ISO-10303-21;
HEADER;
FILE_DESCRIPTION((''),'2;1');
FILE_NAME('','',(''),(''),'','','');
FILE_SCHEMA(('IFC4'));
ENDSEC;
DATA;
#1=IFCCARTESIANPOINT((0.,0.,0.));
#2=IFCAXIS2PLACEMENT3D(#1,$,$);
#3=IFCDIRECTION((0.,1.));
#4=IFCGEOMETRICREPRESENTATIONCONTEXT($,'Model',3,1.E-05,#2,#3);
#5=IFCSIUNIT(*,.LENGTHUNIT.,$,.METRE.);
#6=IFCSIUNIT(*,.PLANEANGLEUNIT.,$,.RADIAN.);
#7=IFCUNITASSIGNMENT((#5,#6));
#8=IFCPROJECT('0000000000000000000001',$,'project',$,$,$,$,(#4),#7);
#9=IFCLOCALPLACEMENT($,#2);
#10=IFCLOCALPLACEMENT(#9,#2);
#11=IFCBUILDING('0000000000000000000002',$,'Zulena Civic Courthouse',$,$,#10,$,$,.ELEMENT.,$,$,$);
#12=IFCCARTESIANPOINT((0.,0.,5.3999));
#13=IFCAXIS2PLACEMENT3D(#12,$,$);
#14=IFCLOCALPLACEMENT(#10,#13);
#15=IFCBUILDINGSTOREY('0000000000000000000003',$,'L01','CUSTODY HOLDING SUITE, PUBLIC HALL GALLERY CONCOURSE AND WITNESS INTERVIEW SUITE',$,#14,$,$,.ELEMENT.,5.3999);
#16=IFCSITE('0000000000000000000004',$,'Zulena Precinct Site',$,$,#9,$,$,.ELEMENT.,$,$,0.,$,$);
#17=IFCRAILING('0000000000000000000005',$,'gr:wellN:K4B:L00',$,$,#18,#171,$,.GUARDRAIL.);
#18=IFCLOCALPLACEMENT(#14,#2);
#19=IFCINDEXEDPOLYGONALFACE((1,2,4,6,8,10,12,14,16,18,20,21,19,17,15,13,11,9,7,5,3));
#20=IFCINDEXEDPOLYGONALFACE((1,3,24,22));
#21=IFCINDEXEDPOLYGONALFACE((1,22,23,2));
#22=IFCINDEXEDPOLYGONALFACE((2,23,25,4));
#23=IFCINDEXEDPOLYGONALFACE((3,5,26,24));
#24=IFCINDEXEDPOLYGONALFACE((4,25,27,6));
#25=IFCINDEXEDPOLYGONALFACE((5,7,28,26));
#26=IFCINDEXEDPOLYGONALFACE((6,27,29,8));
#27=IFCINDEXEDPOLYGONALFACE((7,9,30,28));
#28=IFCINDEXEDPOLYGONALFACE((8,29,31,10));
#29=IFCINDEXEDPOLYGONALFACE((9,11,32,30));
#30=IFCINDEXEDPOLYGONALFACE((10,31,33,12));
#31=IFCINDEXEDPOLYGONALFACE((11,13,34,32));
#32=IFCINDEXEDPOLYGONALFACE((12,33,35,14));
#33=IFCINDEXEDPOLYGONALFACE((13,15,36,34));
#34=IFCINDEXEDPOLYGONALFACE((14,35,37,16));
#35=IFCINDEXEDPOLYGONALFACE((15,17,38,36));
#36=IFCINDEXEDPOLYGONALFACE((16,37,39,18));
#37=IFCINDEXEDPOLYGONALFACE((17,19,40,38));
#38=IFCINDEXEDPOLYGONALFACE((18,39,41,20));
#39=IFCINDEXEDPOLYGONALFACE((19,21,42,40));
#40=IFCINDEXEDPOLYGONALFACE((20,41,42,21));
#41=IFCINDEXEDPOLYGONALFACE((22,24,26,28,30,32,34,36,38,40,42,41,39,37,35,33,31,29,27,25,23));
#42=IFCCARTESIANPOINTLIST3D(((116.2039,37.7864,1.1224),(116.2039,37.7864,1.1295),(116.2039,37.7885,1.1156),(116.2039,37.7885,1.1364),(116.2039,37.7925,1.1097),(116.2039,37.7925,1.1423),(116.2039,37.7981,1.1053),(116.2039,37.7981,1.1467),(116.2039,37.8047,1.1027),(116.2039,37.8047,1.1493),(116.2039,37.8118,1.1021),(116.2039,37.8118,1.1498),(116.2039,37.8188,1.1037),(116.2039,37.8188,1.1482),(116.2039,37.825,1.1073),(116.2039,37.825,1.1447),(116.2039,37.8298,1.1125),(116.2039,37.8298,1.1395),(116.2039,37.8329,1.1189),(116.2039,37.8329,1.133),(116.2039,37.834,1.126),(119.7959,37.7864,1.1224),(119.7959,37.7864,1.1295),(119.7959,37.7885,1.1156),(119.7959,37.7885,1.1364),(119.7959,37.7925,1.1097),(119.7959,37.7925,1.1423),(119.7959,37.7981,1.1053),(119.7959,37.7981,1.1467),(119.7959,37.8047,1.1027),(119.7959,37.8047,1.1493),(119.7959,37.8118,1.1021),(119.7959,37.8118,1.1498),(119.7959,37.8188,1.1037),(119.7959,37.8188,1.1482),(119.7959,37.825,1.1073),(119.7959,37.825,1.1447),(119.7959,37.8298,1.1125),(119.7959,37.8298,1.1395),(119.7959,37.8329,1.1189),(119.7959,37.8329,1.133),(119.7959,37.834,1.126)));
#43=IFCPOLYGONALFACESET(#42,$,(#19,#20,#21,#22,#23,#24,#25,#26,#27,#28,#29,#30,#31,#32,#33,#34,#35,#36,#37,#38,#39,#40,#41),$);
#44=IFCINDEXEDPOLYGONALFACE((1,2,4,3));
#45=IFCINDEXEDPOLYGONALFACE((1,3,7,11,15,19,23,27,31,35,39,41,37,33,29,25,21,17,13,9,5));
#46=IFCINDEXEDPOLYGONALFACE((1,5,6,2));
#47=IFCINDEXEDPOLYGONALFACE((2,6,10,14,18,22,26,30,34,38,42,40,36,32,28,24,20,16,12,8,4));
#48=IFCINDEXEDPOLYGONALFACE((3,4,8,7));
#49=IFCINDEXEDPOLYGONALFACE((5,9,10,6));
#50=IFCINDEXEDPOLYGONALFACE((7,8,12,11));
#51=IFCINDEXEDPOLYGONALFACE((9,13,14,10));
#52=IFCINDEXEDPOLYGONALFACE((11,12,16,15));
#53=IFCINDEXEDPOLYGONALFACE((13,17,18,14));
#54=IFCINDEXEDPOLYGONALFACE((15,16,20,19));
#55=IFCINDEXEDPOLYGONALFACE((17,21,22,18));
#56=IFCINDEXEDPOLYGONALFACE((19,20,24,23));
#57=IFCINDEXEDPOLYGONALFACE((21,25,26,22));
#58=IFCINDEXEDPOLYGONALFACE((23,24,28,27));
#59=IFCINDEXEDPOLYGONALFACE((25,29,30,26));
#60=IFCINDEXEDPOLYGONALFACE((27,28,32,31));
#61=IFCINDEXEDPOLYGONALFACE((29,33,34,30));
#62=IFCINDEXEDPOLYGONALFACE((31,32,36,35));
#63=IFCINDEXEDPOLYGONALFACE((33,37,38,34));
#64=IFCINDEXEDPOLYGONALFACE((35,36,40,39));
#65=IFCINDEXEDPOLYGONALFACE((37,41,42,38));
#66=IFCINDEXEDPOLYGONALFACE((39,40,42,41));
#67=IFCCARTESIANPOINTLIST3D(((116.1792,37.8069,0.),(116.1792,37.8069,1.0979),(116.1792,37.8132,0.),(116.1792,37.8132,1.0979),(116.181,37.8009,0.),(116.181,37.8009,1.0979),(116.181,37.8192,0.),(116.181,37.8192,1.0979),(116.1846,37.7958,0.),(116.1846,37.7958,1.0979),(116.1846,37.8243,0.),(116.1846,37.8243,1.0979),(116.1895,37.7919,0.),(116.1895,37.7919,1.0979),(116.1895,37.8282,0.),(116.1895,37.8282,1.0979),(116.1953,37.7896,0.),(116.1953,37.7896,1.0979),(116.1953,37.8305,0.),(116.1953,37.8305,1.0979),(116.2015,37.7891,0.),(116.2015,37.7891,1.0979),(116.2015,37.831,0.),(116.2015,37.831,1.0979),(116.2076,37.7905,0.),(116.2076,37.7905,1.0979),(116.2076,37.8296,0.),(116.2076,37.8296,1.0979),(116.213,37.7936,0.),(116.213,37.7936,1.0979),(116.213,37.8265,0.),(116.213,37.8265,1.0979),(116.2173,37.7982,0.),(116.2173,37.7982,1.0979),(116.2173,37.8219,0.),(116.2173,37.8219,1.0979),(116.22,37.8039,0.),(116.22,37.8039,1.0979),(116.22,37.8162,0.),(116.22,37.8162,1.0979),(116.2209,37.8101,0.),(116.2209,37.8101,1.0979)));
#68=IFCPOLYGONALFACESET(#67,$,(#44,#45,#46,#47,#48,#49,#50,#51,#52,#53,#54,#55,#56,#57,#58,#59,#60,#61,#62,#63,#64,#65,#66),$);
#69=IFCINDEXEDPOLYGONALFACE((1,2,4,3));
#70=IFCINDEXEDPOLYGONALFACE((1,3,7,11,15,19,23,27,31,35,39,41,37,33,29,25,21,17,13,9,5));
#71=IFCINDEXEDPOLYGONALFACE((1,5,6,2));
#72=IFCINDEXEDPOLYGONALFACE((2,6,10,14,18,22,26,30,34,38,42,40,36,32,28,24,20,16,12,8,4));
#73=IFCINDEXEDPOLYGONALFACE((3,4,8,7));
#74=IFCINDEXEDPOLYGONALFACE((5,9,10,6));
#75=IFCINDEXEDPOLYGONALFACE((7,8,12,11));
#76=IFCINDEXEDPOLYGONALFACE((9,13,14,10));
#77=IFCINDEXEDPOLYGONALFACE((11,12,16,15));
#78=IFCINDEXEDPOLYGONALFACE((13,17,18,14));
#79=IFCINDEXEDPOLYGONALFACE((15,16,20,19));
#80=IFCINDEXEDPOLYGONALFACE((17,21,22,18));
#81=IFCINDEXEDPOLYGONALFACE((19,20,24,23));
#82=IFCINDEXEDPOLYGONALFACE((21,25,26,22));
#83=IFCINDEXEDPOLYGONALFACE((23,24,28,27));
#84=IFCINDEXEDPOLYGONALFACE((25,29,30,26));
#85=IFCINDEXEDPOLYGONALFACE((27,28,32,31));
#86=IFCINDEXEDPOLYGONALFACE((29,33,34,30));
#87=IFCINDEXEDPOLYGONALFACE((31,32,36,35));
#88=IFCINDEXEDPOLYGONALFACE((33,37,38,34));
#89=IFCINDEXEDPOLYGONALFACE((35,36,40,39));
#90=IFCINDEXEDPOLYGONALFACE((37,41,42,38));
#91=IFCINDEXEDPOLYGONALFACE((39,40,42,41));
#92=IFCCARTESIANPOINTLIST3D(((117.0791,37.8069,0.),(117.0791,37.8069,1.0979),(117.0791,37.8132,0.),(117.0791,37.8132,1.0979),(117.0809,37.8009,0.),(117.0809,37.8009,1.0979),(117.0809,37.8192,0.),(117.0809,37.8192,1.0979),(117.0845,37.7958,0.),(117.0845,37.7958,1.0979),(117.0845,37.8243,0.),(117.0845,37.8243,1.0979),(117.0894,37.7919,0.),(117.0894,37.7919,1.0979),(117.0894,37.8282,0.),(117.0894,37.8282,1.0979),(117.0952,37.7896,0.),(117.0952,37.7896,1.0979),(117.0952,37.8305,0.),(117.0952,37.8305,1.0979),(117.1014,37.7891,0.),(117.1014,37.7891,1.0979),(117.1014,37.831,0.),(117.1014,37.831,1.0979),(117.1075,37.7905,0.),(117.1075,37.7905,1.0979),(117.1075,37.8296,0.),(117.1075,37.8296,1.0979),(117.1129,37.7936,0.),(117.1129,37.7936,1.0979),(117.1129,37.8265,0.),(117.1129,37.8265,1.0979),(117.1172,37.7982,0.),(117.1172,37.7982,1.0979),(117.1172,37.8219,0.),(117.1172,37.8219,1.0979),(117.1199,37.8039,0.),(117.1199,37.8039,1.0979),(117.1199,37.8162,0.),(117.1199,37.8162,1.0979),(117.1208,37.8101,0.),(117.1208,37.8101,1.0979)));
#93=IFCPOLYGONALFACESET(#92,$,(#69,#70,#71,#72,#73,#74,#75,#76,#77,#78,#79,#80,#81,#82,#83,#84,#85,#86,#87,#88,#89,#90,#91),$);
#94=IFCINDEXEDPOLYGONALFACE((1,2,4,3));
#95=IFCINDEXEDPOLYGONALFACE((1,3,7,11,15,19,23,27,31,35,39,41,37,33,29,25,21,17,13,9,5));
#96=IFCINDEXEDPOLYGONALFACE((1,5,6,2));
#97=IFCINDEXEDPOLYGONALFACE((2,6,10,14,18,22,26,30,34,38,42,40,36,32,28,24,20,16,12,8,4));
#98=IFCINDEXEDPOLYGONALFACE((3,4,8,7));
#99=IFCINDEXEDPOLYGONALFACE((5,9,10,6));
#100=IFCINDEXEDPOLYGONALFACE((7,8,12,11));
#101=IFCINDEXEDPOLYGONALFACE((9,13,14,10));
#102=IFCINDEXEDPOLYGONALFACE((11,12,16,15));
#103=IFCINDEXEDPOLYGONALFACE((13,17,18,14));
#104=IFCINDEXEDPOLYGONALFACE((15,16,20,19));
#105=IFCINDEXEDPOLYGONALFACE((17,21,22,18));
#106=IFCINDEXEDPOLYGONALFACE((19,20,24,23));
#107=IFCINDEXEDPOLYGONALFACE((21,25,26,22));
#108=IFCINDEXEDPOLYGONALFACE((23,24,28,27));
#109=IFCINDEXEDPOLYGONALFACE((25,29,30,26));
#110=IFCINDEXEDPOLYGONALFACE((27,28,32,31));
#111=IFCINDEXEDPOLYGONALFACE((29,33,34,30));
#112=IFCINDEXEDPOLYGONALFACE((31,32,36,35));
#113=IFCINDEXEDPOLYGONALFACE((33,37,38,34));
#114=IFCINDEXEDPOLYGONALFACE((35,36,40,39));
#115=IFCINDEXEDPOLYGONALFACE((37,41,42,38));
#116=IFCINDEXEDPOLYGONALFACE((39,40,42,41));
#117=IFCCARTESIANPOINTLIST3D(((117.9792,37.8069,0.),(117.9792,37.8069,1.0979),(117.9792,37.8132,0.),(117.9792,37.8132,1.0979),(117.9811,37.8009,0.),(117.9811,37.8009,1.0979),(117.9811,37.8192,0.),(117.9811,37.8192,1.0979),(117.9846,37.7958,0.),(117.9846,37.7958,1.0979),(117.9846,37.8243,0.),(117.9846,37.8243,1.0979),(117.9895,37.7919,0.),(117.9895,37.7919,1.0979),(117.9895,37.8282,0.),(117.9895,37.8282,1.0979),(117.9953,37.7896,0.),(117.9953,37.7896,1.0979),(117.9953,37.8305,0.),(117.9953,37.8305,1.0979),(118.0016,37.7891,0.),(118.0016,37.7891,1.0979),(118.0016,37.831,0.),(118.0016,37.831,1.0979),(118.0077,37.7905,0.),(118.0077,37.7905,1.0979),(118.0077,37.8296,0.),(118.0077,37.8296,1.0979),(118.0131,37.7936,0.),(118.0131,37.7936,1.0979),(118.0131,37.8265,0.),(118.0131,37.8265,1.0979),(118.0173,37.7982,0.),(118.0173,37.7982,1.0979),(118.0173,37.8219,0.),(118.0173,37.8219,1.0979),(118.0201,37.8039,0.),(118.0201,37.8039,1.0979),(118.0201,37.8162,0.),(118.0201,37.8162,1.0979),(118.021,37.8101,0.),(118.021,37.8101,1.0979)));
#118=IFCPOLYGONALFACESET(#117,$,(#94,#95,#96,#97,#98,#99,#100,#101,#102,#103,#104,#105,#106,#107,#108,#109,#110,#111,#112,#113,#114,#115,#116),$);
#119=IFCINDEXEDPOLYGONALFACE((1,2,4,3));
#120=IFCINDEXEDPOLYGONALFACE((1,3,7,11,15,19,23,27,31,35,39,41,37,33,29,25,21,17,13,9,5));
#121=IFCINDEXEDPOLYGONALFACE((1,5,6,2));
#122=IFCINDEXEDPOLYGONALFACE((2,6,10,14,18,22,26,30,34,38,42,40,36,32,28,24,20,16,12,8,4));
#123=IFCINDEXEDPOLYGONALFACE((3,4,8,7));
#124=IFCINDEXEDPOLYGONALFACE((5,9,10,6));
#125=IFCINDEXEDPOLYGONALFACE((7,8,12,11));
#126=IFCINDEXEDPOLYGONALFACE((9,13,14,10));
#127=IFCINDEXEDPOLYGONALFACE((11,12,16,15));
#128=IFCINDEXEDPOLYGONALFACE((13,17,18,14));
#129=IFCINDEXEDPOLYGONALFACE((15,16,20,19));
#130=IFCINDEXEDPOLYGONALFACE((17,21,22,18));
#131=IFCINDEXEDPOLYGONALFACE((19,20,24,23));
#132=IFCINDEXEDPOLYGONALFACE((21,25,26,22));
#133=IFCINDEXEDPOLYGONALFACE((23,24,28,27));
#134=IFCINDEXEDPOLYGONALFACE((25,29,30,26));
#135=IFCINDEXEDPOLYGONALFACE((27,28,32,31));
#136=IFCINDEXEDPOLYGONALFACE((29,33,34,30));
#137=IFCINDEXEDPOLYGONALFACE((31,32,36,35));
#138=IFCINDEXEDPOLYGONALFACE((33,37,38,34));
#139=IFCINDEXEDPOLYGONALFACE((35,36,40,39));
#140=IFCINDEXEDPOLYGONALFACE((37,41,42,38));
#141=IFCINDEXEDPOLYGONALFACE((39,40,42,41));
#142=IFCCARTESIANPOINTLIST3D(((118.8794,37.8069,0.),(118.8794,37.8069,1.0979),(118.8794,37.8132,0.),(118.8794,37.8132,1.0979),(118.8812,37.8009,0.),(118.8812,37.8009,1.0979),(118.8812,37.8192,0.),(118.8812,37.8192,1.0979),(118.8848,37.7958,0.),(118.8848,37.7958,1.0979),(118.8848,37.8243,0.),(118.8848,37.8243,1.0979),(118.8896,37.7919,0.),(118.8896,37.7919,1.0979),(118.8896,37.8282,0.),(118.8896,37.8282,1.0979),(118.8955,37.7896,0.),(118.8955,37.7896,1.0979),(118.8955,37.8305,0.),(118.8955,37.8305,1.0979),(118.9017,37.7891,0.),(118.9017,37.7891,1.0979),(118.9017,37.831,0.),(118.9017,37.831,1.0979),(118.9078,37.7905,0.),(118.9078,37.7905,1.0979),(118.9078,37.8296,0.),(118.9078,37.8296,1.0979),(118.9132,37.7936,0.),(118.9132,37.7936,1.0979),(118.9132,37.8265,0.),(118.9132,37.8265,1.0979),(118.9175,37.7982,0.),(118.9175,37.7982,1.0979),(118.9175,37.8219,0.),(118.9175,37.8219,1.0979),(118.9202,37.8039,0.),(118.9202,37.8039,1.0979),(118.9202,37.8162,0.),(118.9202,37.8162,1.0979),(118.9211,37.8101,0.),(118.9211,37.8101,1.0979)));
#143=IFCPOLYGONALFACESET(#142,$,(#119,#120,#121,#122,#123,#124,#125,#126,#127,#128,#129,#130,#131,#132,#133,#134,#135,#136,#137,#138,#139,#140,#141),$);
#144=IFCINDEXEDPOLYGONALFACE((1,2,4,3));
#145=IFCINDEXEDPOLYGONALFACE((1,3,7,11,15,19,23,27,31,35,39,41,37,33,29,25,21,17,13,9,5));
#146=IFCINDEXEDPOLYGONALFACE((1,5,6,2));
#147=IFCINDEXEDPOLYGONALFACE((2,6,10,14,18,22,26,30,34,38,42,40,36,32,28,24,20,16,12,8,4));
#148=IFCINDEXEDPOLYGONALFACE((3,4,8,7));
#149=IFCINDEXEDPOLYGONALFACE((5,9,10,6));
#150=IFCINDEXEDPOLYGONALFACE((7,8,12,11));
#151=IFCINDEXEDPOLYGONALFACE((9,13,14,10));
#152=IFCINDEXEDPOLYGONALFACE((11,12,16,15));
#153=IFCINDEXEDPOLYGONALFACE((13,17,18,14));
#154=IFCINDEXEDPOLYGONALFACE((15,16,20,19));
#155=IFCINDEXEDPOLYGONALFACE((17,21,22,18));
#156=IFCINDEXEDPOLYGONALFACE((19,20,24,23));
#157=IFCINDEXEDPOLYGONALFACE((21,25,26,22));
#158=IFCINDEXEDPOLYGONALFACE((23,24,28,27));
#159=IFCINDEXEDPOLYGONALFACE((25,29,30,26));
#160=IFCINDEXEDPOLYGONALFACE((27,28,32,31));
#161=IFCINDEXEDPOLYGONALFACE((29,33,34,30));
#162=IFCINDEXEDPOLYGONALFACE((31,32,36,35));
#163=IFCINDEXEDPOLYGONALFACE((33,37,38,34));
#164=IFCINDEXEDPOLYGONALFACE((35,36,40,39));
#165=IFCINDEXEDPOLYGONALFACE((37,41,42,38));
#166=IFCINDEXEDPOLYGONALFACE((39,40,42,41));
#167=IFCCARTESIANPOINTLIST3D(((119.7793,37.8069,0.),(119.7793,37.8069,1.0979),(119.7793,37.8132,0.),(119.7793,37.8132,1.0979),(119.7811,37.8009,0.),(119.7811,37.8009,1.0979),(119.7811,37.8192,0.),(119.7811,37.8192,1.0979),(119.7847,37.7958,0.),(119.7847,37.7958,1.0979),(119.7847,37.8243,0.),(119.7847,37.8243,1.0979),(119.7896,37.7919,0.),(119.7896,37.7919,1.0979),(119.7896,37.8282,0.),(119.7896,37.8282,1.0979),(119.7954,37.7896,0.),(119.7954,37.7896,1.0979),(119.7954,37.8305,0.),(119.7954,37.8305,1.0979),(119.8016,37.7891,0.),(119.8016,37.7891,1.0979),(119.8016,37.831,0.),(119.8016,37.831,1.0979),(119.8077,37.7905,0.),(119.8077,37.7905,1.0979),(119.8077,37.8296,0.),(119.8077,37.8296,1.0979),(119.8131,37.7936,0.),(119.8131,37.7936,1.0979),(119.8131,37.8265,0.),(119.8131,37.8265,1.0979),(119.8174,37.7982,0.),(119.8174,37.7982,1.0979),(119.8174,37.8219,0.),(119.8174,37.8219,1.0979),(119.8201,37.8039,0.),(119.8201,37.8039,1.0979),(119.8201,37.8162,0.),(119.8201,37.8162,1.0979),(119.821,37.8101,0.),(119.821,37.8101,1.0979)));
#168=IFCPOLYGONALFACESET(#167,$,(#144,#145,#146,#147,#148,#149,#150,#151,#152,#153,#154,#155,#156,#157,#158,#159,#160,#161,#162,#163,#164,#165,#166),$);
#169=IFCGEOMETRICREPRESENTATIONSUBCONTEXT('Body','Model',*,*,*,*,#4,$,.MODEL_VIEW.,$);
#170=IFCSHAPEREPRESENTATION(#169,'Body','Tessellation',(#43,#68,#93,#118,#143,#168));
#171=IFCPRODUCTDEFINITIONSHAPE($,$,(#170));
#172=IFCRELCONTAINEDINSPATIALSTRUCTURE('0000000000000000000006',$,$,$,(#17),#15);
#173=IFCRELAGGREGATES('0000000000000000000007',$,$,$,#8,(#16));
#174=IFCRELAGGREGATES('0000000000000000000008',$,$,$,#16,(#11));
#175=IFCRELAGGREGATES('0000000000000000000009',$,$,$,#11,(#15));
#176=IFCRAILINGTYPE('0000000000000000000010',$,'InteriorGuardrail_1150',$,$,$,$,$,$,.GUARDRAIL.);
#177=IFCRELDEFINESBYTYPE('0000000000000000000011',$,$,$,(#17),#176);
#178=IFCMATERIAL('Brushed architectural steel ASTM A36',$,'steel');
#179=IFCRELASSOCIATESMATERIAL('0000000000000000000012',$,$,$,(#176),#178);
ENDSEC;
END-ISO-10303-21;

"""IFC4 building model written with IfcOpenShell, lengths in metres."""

from ifc_helpers import new_model, si_unit, direction, frame, origin, origin_2d, place, context, subcontext, project, spatial, circle, extrude, material, type_object, element, save


model = new_model("IFC4")

# Units and contexts
model_context = context("Model", 3, precision=1e-05, world=origin(), true_north=direction((0.0, 1.0)))
body_context = subcontext(model_context, "Body", "Model", "MODEL_VIEW")
ifc_project = project(units=[si_unit("LENGTHUNIT", "METRE"), si_unit("PLANEANGLEUNIT", "RADIAN")], contexts=[model_context])

# Site, building, storey
site_placement = place(None, origin())
site = spatial("IfcSite", under=ifc_project, at=site_placement, Name="Zulena Precinct Site", CompositionType="ELEMENT", RefElevation=0.0)
building_placement = place(site_placement, origin())
building = spatial("IfcBuilding", under=site, at=building_placement, Name="Zulena Civic Courthouse", CompositionType="ELEMENT")
storey_placement = place(building_placement, frame((0.0, 0.0, 5.3999)))
storey = spatial("IfcBuildingStorey", under=building, at=storey_placement, Name="L01", Description="CUSTODY HOLDING SUITE, PUBLIC HALL GALLERY CONCOURSE AND WITNESS INTERVIEW SUITE", CompositionType="ELEMENT", Elevation=5.3999)

# Railing
ifc_material_1 = material(Name="Brushed architectural steel ASTM A36", Category="steel")
railing_type = type_object("IfcRailingType", Name="InteriorGuardrail_1150", PredefinedType="GUARDRAIL", material=ifc_material_1)
railing_1_placement = place(storey_placement, frame((116.2, 37.8101, 0.0)))
element("IfcRailing", 1, at=railing_1_placement, inside=storey, type_object=railing_type, Name="gr:wellN:K4B:L00", PredefinedType="GUARDRAIL", context=body_context, shape_type="SweptSolid", body=[
    extrude(circle(Radius=0.0239, at=origin_2d()), frame((0.0039, 0.0, 1.126), z_axis=(1.0, 0.0, 0.0), x_axis=(0.0, 1.0, 0.0)), (0.0, 0.0, 1.0), 3.592),
    extrude(circle(Radius=0.021, at=origin_2d()), origin(), (0.0, 0.0, 1.0), 1.0979),
    extrude(circle(Radius=0.021, at=origin_2d()), frame((0.8999, 0.0, 0.0)), (0.0, 0.0, 1.0), 1.0979),
    extrude(circle(Radius=0.021, at=origin_2d()), frame((1.8, 0.0, 0.0)), (0.0, 0.0, 1.0), 1.0979),
    extrude(circle(Radius=0.021, at=origin_2d()), frame((2.7002, 0.0, 0.0)), (0.0, 0.0, 1.0), 1.0979),
    extrude(circle(Radius=0.021, at=origin_2d()), frame((3.6001, 0.0, 0.0)), (0.0, 0.0, 1.0), 1.0979),
])

save(model, "model.ifc")
